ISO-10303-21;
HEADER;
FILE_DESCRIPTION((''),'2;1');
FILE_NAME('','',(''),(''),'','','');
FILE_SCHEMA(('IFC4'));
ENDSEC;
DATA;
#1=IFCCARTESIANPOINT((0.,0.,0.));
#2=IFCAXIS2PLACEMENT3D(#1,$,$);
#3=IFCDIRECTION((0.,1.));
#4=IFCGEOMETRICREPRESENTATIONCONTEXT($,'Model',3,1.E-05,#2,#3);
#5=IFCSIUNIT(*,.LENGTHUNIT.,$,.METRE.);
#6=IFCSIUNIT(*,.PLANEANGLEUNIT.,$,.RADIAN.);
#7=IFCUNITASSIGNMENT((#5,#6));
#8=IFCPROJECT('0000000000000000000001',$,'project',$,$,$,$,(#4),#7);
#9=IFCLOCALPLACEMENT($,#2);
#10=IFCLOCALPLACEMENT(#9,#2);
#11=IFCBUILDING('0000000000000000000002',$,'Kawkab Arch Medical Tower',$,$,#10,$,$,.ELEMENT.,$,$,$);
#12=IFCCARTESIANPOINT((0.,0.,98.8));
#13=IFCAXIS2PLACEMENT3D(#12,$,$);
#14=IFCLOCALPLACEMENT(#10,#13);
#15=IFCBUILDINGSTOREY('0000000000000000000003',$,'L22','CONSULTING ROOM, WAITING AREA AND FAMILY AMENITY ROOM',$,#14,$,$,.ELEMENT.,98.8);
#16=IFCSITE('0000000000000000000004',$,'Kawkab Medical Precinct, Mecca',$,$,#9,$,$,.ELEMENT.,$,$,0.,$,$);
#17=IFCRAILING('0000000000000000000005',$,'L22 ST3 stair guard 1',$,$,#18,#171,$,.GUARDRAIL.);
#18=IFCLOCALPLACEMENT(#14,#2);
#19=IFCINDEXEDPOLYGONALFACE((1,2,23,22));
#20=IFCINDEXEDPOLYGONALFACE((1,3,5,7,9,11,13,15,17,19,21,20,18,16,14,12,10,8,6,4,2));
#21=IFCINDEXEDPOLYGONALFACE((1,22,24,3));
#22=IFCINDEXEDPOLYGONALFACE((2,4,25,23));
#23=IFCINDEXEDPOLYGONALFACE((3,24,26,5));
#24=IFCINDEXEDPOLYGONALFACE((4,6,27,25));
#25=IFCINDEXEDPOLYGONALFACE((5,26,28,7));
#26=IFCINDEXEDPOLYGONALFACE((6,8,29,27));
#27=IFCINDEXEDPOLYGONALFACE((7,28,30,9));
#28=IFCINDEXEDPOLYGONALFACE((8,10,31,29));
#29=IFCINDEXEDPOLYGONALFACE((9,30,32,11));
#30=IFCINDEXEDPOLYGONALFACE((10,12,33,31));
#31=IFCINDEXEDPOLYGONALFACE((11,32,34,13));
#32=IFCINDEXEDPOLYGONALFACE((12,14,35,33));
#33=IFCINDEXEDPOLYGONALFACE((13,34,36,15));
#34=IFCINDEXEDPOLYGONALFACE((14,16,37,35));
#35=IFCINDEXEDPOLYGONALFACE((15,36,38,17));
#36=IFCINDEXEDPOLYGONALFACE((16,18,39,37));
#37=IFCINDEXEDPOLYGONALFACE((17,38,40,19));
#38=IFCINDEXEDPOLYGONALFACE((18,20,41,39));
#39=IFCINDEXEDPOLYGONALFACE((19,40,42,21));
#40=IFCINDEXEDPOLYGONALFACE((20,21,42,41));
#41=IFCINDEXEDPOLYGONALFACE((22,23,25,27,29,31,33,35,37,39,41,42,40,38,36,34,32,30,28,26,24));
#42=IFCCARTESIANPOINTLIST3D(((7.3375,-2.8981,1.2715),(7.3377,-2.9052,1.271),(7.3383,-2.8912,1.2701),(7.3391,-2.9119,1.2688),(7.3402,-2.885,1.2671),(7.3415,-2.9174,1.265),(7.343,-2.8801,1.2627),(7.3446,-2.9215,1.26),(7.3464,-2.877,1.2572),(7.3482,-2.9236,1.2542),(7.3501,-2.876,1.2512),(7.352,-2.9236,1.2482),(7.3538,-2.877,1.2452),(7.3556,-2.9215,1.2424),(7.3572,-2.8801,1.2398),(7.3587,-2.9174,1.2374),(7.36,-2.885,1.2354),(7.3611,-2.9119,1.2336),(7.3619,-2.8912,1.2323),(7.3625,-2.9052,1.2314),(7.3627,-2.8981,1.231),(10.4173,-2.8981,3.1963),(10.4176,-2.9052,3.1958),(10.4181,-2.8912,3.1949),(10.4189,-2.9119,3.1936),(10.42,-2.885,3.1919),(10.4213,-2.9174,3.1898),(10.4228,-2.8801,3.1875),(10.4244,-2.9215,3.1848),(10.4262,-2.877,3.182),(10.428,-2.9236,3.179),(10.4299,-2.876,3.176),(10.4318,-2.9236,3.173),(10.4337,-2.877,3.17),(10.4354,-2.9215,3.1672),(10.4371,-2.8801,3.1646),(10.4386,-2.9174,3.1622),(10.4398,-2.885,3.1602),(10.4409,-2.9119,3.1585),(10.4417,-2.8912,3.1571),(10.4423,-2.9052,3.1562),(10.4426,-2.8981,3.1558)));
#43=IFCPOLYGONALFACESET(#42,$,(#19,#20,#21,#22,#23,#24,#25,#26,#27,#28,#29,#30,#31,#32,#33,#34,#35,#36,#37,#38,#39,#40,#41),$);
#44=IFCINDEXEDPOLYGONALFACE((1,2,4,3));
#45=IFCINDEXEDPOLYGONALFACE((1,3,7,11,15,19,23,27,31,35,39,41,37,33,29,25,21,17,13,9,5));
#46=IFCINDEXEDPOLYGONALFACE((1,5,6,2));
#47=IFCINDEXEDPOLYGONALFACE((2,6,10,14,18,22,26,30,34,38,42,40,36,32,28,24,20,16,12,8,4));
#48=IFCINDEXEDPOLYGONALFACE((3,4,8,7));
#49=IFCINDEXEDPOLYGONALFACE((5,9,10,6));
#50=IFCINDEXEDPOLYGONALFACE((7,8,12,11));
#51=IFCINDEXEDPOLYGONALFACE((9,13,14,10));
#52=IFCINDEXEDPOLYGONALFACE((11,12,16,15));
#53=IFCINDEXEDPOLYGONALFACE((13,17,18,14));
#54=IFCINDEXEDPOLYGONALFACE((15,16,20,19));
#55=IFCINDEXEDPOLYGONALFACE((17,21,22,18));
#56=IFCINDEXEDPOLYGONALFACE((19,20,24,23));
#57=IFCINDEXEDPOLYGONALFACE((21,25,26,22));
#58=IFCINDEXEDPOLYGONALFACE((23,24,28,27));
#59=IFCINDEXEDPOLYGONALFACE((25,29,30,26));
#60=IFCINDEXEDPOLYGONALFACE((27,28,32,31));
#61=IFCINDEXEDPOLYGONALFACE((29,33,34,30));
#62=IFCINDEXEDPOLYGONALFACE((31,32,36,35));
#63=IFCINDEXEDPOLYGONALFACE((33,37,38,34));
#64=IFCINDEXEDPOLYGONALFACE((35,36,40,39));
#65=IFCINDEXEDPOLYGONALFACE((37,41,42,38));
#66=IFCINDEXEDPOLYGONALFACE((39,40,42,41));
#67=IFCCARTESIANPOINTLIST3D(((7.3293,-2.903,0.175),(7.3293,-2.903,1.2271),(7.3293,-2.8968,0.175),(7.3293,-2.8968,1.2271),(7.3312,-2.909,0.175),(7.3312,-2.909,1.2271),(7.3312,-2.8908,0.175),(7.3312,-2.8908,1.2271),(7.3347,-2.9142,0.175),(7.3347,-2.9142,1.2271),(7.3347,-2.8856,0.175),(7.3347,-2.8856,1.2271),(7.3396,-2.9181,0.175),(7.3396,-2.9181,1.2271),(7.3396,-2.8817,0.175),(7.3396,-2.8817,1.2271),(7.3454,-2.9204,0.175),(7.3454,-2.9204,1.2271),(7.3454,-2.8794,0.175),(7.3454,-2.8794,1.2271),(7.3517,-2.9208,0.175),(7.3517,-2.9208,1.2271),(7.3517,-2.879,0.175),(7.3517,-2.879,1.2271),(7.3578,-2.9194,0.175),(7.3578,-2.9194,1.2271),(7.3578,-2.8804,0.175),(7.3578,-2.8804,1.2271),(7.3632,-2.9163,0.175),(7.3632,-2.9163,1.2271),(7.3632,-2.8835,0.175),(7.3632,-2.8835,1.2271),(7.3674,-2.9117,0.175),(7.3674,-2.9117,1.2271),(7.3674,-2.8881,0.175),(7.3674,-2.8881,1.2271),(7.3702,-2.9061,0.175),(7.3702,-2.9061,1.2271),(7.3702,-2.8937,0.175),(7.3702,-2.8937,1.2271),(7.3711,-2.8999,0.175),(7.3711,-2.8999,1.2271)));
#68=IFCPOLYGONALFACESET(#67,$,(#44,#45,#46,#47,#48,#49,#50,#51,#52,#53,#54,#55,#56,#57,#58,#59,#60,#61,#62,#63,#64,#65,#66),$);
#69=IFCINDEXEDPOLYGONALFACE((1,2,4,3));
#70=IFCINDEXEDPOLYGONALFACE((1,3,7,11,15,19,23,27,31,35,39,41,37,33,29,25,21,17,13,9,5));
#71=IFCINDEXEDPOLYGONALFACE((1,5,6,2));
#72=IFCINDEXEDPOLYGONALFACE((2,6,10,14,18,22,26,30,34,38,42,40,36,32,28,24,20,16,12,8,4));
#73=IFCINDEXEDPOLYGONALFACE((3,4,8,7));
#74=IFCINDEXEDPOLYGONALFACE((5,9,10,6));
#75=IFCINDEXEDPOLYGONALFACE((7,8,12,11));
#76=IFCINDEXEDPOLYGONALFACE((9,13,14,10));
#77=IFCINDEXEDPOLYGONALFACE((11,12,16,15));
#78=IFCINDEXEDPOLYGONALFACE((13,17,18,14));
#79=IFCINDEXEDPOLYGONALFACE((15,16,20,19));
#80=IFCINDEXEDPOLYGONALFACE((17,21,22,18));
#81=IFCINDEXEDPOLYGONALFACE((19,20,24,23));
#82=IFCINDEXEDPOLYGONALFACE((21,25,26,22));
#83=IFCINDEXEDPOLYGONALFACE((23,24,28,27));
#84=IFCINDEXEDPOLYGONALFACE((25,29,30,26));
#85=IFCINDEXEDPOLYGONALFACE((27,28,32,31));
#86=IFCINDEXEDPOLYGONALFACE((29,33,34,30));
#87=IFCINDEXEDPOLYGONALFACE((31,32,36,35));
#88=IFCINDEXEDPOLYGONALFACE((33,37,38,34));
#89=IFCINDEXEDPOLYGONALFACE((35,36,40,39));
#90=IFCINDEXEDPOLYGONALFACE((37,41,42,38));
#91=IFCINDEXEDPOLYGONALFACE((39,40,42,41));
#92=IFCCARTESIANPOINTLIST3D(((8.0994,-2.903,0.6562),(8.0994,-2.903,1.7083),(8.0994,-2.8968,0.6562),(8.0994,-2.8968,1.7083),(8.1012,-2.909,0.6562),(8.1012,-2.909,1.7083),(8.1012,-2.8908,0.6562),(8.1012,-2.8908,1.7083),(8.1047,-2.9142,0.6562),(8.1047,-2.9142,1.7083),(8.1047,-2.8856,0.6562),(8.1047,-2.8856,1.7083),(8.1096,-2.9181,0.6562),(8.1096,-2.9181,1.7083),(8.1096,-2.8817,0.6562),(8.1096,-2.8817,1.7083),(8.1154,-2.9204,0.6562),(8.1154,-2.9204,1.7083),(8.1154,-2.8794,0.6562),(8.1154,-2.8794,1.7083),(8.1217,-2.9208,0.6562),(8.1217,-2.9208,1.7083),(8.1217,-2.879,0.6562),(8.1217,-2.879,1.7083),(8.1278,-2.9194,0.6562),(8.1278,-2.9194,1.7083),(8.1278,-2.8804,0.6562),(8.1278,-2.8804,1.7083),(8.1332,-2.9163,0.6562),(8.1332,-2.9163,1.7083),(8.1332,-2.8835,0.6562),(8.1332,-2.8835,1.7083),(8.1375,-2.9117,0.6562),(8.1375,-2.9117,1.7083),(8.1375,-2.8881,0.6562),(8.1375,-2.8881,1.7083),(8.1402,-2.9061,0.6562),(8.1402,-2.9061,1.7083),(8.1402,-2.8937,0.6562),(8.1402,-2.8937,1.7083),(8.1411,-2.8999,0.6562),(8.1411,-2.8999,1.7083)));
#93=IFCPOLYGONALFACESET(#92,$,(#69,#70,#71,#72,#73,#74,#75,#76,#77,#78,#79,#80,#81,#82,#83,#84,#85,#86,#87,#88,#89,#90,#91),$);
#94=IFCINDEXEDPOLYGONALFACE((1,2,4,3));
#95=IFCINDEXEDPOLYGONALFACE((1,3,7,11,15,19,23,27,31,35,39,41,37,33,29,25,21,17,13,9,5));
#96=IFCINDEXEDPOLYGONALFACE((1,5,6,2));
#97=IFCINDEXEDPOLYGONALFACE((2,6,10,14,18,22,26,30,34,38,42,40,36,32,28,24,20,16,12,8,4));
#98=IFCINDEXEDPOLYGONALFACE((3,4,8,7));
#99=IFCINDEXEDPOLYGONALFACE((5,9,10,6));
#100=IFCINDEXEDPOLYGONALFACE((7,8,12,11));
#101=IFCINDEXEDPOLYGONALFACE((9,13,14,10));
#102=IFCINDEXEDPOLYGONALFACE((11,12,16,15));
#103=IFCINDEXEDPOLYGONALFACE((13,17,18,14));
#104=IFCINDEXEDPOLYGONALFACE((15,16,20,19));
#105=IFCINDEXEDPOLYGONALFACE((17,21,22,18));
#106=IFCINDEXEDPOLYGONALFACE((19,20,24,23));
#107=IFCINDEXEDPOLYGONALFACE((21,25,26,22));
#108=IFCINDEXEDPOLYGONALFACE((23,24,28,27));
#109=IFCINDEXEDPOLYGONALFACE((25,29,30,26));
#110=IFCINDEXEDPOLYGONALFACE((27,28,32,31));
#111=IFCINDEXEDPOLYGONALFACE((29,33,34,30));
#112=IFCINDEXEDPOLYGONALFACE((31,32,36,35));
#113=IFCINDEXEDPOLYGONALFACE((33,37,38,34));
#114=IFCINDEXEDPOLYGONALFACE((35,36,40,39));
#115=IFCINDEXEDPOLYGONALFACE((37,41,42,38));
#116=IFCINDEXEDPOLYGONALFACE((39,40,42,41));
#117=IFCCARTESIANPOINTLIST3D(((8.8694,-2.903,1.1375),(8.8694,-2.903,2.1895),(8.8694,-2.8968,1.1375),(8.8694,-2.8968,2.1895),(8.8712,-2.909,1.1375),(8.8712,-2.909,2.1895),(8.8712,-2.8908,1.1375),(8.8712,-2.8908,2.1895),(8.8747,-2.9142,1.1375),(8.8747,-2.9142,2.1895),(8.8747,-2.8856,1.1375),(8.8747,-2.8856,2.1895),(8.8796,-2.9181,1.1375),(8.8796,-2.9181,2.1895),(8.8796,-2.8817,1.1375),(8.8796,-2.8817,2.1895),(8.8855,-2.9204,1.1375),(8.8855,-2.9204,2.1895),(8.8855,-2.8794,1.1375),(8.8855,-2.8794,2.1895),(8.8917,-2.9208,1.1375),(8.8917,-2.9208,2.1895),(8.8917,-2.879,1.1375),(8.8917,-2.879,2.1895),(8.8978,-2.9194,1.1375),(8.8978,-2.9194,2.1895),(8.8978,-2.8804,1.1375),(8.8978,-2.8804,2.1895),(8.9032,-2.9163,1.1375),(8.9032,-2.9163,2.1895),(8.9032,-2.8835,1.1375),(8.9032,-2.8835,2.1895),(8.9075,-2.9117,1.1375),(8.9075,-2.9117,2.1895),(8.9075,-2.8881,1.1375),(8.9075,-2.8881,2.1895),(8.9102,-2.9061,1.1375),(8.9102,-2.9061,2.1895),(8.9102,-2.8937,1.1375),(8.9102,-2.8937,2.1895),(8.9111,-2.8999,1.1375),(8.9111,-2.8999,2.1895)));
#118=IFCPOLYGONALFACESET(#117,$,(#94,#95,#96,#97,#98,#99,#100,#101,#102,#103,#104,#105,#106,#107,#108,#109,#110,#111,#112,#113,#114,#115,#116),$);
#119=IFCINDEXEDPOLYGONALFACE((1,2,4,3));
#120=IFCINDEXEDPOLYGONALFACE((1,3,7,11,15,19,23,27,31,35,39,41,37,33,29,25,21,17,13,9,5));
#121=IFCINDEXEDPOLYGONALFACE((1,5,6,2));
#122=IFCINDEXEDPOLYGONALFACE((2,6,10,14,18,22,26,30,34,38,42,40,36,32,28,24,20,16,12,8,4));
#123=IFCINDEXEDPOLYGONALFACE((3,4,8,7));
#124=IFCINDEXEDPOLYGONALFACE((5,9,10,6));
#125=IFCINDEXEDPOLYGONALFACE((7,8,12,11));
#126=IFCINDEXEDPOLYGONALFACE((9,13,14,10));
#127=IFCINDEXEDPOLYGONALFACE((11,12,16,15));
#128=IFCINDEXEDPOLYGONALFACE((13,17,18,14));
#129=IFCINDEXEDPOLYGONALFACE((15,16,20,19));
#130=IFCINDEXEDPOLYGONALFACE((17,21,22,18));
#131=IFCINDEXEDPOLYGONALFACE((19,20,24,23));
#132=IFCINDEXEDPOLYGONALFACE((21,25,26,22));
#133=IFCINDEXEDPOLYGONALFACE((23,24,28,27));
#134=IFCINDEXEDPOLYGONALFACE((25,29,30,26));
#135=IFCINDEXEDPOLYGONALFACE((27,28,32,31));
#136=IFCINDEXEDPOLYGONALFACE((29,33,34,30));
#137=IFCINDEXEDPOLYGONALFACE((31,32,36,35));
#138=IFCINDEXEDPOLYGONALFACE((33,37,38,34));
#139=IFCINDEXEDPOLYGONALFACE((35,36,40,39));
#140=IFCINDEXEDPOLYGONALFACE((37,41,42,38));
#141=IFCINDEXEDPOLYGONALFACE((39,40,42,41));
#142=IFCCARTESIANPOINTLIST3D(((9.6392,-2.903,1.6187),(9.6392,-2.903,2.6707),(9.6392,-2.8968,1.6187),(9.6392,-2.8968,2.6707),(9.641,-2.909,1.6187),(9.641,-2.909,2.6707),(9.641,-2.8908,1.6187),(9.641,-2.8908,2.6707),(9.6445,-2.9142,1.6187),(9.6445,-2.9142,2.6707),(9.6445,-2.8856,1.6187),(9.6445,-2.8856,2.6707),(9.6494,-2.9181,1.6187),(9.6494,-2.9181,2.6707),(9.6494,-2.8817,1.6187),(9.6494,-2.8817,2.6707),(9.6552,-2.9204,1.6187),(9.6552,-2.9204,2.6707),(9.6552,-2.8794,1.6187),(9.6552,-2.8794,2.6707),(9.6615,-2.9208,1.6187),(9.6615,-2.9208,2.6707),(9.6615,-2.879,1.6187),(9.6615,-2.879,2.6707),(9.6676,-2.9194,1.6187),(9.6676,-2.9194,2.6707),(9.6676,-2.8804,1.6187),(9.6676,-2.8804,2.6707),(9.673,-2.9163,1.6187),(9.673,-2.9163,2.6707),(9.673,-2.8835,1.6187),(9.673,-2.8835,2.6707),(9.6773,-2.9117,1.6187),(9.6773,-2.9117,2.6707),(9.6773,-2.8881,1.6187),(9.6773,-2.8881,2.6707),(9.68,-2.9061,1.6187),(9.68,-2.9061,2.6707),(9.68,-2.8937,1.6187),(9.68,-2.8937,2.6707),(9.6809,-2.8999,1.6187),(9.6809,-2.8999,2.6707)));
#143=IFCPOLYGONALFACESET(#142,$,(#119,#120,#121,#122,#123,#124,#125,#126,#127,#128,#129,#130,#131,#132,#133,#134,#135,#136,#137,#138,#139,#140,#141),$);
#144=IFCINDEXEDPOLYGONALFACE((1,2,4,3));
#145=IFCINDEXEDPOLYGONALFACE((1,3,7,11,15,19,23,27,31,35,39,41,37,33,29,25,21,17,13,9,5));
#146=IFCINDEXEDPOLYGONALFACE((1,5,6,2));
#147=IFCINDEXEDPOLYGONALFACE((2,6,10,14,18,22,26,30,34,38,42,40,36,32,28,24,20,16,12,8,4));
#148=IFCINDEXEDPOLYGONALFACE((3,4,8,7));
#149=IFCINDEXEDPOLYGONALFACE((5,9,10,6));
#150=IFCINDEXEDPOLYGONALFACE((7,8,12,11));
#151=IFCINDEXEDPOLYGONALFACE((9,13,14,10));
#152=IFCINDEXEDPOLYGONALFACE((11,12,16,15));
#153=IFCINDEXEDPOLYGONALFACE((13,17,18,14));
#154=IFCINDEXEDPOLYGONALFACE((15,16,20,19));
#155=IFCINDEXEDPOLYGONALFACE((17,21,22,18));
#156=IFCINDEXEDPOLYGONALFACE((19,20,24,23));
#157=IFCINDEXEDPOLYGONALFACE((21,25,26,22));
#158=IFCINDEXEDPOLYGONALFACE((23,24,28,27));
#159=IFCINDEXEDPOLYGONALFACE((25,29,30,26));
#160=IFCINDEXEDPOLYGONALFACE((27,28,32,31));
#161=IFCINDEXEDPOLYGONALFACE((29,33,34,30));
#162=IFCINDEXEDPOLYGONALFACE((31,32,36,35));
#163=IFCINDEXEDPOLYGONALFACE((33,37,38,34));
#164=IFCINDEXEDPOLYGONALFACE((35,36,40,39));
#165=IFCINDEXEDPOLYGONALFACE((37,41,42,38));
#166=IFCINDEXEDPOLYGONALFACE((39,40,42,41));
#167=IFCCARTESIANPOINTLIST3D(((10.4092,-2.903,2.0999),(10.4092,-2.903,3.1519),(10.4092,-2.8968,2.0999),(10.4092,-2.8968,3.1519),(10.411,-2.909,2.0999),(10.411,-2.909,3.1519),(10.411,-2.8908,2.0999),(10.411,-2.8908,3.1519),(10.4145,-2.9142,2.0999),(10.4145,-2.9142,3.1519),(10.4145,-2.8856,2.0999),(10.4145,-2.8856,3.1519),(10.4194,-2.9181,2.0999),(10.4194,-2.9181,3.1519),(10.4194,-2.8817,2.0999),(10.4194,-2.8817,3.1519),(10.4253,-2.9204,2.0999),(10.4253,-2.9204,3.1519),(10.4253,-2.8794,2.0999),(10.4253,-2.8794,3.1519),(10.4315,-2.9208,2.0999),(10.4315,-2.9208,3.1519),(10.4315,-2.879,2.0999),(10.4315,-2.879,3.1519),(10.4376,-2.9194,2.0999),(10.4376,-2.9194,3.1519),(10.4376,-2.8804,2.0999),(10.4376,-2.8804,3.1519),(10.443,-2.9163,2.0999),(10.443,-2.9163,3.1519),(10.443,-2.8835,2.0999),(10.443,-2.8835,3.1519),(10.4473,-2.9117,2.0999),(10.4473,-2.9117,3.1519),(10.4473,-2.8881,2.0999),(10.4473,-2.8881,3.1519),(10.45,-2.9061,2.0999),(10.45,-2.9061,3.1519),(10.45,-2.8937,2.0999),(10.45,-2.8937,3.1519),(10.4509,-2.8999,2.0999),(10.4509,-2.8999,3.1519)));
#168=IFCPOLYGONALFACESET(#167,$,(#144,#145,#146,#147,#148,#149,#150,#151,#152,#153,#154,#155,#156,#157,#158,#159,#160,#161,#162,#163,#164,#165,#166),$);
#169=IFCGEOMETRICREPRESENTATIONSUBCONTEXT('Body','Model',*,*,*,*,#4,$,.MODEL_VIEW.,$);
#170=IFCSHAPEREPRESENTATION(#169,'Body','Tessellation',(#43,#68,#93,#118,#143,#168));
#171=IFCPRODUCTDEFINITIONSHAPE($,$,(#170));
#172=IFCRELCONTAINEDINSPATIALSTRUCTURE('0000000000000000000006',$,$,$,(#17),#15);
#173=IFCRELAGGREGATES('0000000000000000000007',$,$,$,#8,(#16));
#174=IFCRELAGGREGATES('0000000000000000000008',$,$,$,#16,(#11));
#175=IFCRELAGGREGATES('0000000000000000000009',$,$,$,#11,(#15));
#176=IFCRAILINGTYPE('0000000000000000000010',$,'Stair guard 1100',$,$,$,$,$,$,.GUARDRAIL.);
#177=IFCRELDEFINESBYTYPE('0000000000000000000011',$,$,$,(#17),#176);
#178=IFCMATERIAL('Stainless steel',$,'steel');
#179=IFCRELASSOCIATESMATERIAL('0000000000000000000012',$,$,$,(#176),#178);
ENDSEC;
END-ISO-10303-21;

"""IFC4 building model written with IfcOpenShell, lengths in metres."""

from ifc_helpers import new_model, si_unit, direction, frame, origin, origin_2d, place, context, subcontext, project, spatial, circle, extrude, material, type_object, element, save


model = new_model("IFC4")

# Units and contexts
model_context = context("Model", 3, precision=1e-05, world=origin(), true_north=direction((0.0, 1.0)))
body_context = subcontext(model_context, "Body", "Model", "MODEL_VIEW")
ifc_project = project(units=[si_unit("LENGTHUNIT", "METRE"), si_unit("PLANEANGLEUNIT", "RADIAN")], contexts=[model_context])

# Site, building, storey
site_placement = place(None, origin())
site = spatial("IfcSite", under=ifc_project, at=site_placement, Name="Kawkab Medical Precinct, Mecca", CompositionType="ELEMENT", RefElevation=0.0)
building_placement = place(site_placement, origin())
building = spatial("IfcBuilding", under=site, at=building_placement, Name="Kawkab Arch Medical Tower", CompositionType="ELEMENT")
storey_placement = place(building_placement, frame((0.0, 0.0, 98.8)))
storey = spatial("IfcBuildingStorey", under=building, at=storey_placement, Name="L22", Description="CONSULTING ROOM, WAITING AREA AND FAMILY AMENITY ROOM", CompositionType="ELEMENT", Elevation=98.8)

# Railing
ifc_material_1 = material(Name="Stainless steel", Category="steel")
railing_type = type_object("IfcRailingType", Name="Stair guard 1100", PredefinedType="GUARDRAIL", material=ifc_material_1)
railing_1_placement = place(storey_placement, frame((7.3501, -2.8999, 0.175)))
element("IfcRailing", 1, at=railing_1_placement, inside=storey, type_object=railing_type, Name="L22 ST3 stair guard 1", PredefinedType="GUARDRAIL", context=body_context, shape_type="SweptSolid", body=[
    extrude(circle(Radius=0.0239, at=origin_2d()), frame((0.0, 0.0, 1.0762), z_axis=(0.84801, 0.0, 0.529981), x_axis=(0.0, 1.0, 0.0)), (0.0, 0.0, 1.0), 3.6318),
    extrude(circle(Radius=0.021, at=origin_2d()), origin(), (0.0, 0.0, 1.0), 1.052),
    extrude(circle(Radius=0.021, at=origin_2d()), frame((0.77, 0.0, 0.4812)), (0.0, 0.0, 1.0), 1.052),
    extrude(circle(Radius=0.021, at=origin_2d()), frame((1.54, 0.0, 0.9624)), (0.0, 0.0, 1.0), 1.052),
    extrude(circle(Radius=0.021, at=origin_2d()), frame((2.3098, 0.0, 1.4436)), (0.0, 0.0, 1.0), 1.052),
    extrude(circle(Radius=0.021, at=origin_2d()), frame((3.0798, 0.0, 1.9248)), (0.0, 0.0, 1.0), 1.052),
])

save(model, "model.ifc")
